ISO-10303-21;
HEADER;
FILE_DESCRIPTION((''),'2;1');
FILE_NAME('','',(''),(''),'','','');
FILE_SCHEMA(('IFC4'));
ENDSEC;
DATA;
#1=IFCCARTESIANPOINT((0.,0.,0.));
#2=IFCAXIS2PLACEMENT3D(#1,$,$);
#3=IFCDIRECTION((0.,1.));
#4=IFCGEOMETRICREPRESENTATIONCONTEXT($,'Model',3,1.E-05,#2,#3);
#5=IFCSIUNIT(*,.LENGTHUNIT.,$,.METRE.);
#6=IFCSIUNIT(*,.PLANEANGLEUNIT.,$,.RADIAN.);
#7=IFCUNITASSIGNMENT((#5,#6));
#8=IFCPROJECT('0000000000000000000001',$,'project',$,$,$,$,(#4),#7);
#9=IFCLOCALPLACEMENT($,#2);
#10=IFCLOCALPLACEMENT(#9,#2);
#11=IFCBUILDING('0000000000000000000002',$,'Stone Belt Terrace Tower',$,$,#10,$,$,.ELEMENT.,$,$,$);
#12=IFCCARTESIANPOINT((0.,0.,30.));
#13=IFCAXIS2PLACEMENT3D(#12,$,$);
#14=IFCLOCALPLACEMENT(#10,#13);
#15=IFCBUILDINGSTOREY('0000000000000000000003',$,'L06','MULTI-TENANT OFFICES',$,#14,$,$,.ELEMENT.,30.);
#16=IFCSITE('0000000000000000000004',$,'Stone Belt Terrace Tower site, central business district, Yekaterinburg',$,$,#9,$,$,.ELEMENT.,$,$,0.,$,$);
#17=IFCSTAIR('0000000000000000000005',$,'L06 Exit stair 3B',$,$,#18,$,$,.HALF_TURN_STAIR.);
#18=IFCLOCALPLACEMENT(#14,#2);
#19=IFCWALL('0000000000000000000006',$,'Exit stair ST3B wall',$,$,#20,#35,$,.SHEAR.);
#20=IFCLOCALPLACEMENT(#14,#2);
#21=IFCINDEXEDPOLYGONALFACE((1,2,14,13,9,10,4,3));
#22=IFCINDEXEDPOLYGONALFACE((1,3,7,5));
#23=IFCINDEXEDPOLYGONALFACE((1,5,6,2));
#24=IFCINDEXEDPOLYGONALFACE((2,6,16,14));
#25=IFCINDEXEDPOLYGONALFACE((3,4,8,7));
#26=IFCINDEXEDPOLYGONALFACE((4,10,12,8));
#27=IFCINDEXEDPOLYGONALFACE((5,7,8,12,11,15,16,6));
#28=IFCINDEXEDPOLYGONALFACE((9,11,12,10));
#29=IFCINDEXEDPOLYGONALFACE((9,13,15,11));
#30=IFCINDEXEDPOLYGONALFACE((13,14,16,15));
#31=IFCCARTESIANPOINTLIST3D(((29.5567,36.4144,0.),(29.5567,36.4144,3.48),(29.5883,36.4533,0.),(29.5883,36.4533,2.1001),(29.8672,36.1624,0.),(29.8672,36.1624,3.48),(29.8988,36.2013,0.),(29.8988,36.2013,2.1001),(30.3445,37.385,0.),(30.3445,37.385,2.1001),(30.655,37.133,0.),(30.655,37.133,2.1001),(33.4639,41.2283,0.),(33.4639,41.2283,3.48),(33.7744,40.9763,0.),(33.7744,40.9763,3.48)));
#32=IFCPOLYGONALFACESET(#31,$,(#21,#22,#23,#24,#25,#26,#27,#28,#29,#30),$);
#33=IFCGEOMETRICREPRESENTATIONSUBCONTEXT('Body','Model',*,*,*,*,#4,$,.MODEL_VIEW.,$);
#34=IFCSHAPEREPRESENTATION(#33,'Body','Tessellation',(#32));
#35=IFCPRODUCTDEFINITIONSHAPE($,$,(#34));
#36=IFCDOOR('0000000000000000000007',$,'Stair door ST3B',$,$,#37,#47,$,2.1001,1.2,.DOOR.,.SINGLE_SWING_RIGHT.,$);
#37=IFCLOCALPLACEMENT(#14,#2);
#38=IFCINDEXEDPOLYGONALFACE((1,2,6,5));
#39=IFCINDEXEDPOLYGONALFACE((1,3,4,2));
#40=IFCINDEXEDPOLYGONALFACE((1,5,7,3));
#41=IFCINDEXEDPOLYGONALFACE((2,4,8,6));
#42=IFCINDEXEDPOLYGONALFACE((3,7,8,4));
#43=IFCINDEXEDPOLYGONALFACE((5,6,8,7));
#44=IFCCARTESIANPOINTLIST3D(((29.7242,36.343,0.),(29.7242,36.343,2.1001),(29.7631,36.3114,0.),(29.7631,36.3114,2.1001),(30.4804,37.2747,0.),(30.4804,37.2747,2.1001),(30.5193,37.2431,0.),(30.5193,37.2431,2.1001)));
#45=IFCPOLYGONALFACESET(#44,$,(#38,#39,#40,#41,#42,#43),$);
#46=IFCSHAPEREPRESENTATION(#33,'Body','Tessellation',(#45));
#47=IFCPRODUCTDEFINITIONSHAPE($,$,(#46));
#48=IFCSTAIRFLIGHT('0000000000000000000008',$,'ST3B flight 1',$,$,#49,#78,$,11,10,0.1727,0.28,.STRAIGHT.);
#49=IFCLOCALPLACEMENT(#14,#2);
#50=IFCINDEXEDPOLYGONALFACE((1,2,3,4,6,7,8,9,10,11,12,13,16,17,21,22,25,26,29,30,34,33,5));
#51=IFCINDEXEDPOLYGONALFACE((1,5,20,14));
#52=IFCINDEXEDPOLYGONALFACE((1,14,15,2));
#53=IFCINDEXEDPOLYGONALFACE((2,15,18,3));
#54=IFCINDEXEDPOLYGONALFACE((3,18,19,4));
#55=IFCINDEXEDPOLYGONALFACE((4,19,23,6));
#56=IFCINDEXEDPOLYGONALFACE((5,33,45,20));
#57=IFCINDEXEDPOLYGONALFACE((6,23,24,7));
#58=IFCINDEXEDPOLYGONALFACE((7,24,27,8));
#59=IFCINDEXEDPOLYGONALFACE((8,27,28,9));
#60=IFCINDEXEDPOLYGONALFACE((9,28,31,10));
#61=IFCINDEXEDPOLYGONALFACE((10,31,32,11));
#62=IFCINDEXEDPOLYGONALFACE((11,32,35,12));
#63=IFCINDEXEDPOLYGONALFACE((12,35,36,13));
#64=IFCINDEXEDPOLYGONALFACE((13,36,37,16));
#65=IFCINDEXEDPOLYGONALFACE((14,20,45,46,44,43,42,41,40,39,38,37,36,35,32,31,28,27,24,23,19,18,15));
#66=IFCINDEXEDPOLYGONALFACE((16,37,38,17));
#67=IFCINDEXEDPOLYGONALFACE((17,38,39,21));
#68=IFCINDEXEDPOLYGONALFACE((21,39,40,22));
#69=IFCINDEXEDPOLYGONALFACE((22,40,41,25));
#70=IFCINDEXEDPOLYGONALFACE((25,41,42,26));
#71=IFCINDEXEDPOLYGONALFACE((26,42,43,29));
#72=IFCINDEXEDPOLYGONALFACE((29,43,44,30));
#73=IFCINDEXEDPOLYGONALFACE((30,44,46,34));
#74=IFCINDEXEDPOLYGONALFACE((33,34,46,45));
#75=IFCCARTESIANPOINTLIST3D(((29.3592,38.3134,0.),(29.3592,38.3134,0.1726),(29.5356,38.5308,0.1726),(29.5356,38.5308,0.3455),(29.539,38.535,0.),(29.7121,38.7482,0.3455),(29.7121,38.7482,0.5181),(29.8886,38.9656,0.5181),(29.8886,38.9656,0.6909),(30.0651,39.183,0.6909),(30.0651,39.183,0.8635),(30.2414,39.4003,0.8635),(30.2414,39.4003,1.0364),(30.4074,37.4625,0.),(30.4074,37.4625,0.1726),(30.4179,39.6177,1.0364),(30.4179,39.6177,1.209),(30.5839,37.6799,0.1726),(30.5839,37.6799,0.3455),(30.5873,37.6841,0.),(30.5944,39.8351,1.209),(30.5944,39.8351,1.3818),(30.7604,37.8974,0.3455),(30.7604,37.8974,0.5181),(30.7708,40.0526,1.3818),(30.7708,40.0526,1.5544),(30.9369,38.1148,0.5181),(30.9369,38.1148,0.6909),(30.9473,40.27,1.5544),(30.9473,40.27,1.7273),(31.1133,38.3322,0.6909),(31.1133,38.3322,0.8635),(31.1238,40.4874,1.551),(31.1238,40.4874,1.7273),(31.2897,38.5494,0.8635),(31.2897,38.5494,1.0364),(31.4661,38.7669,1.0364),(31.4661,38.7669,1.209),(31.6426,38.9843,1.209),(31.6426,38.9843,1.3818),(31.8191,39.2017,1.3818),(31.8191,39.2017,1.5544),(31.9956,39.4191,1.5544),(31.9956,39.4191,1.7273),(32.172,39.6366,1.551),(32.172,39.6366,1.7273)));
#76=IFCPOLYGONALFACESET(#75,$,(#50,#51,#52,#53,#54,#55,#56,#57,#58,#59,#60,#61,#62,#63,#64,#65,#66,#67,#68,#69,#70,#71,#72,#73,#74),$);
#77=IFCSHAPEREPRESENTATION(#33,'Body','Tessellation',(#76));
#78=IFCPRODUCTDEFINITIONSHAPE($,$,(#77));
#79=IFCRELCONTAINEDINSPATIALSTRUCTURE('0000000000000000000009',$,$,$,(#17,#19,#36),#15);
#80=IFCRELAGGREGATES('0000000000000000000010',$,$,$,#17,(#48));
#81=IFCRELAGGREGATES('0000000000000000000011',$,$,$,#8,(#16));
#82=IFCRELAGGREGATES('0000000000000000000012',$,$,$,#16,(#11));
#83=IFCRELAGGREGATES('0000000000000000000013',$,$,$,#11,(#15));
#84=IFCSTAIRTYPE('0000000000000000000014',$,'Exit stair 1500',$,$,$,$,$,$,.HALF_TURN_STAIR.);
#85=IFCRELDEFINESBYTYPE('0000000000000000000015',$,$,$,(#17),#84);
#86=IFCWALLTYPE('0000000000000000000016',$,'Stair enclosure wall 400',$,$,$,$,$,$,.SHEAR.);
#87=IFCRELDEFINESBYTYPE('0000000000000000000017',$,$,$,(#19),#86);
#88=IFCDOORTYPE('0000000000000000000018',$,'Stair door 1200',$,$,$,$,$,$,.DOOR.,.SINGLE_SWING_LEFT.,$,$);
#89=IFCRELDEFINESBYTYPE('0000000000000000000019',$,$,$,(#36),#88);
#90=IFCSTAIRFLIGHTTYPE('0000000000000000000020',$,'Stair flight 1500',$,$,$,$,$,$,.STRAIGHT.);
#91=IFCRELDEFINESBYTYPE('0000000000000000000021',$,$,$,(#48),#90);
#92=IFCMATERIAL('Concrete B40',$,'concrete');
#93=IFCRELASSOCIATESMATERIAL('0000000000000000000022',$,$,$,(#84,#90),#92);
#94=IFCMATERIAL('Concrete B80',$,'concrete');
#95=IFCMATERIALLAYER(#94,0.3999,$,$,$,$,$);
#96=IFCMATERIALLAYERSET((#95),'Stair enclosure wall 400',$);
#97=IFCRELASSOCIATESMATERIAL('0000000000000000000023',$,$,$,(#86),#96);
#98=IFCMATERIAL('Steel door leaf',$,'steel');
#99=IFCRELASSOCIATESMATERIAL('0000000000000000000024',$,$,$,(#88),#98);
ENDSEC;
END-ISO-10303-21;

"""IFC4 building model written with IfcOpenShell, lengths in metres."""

from ifc_helpers import new_model, si_unit, direction, frame, frame_2d, origin, place, context, subcontext, project, spatial, polyline, rectangle, outline, extrude, material, layer, layer_set, type_object, element, fill, aggregate, save


model = new_model("IFC4")

# Units and contexts
model_context = context("Model", 3, precision=1e-05, world=origin(), true_north=direction((0.0, 1.0)))
body_context = subcontext(model_context, "Body", "Model", "MODEL_VIEW")
ifc_project = project(units=[si_unit("LENGTHUNIT", "METRE"), si_unit("PLANEANGLEUNIT", "RADIAN")], contexts=[model_context])

# Site, building, storey
site_placement = place(None, origin())
site = spatial("IfcSite", under=ifc_project, at=site_placement, Name="Stone Belt Terrace Tower site, central business district, Yekaterinburg", CompositionType="ELEMENT", RefElevation=0.0)
building_placement = place(site_placement, origin())
building = spatial("IfcBuilding", under=site, at=building_placement, Name="Stone Belt Terrace Tower", CompositionType="ELEMENT")
storey_placement = place(building_placement, frame((0.0, 0.0, 30.0)))
storey = spatial("IfcBuildingStorey", under=building, at=storey_placement, Name="L06", Description="MULTI-TENANT OFFICES", CompositionType="ELEMENT", Elevation=30.0)

# Shared definitions
ifc_material_1 = material(Name="Concrete B80", Category="concrete")

# Shared definitions
ifc_material_2 = material(Name="Concrete B40", Category="concrete")

# Stair
stair_type = type_object("IfcStairType", Name="Exit stair 1500", PredefinedType="HALF_TURN_STAIR", material=ifc_material_2)
stair_1_placement = place(storey_placement, origin())
stair_1 = element("IfcStair", 1, at=stair_1_placement, inside=storey, type_object=stair_type, Name="L06 Exit stair 3B", PredefinedType="HALF_TURN_STAIR")

# Shared definitions
ifc_layer_1 = layer(ifc_material_1, 0.3999)
ifc_layer_set_1 = layer_set([ifc_layer_1], Name="Stair enclosure wall 400")
wall_type_1 = type_object("IfcWallType", Name="Stair enclosure wall 400", PredefinedType="SHEAR", material=ifc_layer_set_1)
ifc_material_3 = material(Name="Steel door leaf", Category="steel")

# Wall, opening, door
wall_1_placement = place(storey_placement, frame((29.7119, 36.2883, 0.0), z_axis=(0.0, 0.0, 1.0), x_axis=(0.630192, 0.776439, 0.0)))
wall_1 = element("IfcWall", 2, at=wall_1_placement, inside=storey, type_object=wall_type_1, Name="Exit stair ST3B wall", PredefinedType="SHEAR", context=body_context, shape_type="SweptSolid", body=[
    extrude(rectangle(XDim=6.2, YDim=0.3999, at=frame_2d((3.1001, 0.0))), origin(), (0.0, 0.0, 1.0), 3.48),
])
opening_1_placement = place(wall_1_placement, frame((0.05, 0.0, 0.0)))
opening_1 = element("IfcOpeningElement", 3, at=opening_1_placement, cuts=wall_1, PredefinedType="OPENING", context=body_context, shape_type="SweptSolid", body=[
    extrude(rectangle(XDim=1.2, YDim=2.1001, at=frame_2d((0.6001, 1.05))), frame((0.0, 0.21, 0.0), z_axis=(0.0, -1.0, 0.0), x_axis=(1.0, 0.0, 0.0)), (0.0, 0.0, 1.0), 0.4199),
])
door_type_1 = type_object("IfcDoorType", Name="Stair door 1200", OperationType="SINGLE_SWING_LEFT", PredefinedType="DOOR", material=ifc_material_3)
door_1_placement = place(opening_1_placement, origin())
door_1 = element("IfcDoor", 4, at=door_1_placement, inside=storey, type_object=door_type_1, Name="Stair door ST3B", OperationType="SINGLE_SWING_RIGHT", OverallHeight=2.1001, OverallWidth=1.2, PredefinedType="DOOR", context=body_context, shape_type="SweptSolid", body=[
    extrude(rectangle(XDim=1.2, YDim=2.1001, at=frame_2d((0.6001, 1.05))), frame((0.0, 0.0249, 0.0), z_axis=(0.0, -1.0, 0.0), x_axis=(1.0, 0.0, 0.0)), (0.0, 0.0, 1.0), 0.05),
])
fill(opening_1, door_1)

# Stair flight
stair_flight_type = type_object("IfcStairFlightType", Name="Stair flight 1500", PredefinedType="STRAIGHT", material=ifc_material_2)
stair_flight_placement = place(storey_placement, frame((29.8833, 37.8879, 0.0), z_axis=(0.0, 0.0, 1.0), x_axis=(0.630206, 0.776428, 0.0)))
stair_flight = element("IfcStairFlight", 5, at=stair_flight_placement, type_object=stair_flight_type, Name="ST3B flight 1", NumberOfRisers=11, NumberOfTreads=10, PredefinedType="STRAIGHT", RiserHeight=0.1727, TreadLength=0.28, context=body_context, shape_type="SweptSolid", body=[
    extrude(outline(polyline([(0.0, 0.0), (0.0, 0.1726), (0.28, 0.1726), (0.28, 0.3455), (0.5601, 0.3455), (0.5601, 0.5181), (0.8401, 0.5181), (0.8401, 0.6909), (1.1201, 0.6909), (1.1201, 0.8635), (1.3999, 0.8635), (1.3999, 1.0364), (1.6799, 1.0364), (1.6799, 1.209), (1.96, 1.209), (1.96, 1.3818), (2.24, 1.3818), (2.24, 1.5544), (2.52, 1.5544), (2.52, 1.7273), (2.8, 1.7273), (2.8, 1.8999), (2.8, 1.551), (0.2854, 0.0), (0.0, 0.0)])), frame((0.0, 0.675, 0.0), z_axis=(0.0, -1.0, 0.0), x_axis=(1.0, 0.0, 0.0)), (0.0, 0.0, 1.0), 1.3501),
])
aggregate(stair_1, [stair_flight])

save(model, "model.ifc")
